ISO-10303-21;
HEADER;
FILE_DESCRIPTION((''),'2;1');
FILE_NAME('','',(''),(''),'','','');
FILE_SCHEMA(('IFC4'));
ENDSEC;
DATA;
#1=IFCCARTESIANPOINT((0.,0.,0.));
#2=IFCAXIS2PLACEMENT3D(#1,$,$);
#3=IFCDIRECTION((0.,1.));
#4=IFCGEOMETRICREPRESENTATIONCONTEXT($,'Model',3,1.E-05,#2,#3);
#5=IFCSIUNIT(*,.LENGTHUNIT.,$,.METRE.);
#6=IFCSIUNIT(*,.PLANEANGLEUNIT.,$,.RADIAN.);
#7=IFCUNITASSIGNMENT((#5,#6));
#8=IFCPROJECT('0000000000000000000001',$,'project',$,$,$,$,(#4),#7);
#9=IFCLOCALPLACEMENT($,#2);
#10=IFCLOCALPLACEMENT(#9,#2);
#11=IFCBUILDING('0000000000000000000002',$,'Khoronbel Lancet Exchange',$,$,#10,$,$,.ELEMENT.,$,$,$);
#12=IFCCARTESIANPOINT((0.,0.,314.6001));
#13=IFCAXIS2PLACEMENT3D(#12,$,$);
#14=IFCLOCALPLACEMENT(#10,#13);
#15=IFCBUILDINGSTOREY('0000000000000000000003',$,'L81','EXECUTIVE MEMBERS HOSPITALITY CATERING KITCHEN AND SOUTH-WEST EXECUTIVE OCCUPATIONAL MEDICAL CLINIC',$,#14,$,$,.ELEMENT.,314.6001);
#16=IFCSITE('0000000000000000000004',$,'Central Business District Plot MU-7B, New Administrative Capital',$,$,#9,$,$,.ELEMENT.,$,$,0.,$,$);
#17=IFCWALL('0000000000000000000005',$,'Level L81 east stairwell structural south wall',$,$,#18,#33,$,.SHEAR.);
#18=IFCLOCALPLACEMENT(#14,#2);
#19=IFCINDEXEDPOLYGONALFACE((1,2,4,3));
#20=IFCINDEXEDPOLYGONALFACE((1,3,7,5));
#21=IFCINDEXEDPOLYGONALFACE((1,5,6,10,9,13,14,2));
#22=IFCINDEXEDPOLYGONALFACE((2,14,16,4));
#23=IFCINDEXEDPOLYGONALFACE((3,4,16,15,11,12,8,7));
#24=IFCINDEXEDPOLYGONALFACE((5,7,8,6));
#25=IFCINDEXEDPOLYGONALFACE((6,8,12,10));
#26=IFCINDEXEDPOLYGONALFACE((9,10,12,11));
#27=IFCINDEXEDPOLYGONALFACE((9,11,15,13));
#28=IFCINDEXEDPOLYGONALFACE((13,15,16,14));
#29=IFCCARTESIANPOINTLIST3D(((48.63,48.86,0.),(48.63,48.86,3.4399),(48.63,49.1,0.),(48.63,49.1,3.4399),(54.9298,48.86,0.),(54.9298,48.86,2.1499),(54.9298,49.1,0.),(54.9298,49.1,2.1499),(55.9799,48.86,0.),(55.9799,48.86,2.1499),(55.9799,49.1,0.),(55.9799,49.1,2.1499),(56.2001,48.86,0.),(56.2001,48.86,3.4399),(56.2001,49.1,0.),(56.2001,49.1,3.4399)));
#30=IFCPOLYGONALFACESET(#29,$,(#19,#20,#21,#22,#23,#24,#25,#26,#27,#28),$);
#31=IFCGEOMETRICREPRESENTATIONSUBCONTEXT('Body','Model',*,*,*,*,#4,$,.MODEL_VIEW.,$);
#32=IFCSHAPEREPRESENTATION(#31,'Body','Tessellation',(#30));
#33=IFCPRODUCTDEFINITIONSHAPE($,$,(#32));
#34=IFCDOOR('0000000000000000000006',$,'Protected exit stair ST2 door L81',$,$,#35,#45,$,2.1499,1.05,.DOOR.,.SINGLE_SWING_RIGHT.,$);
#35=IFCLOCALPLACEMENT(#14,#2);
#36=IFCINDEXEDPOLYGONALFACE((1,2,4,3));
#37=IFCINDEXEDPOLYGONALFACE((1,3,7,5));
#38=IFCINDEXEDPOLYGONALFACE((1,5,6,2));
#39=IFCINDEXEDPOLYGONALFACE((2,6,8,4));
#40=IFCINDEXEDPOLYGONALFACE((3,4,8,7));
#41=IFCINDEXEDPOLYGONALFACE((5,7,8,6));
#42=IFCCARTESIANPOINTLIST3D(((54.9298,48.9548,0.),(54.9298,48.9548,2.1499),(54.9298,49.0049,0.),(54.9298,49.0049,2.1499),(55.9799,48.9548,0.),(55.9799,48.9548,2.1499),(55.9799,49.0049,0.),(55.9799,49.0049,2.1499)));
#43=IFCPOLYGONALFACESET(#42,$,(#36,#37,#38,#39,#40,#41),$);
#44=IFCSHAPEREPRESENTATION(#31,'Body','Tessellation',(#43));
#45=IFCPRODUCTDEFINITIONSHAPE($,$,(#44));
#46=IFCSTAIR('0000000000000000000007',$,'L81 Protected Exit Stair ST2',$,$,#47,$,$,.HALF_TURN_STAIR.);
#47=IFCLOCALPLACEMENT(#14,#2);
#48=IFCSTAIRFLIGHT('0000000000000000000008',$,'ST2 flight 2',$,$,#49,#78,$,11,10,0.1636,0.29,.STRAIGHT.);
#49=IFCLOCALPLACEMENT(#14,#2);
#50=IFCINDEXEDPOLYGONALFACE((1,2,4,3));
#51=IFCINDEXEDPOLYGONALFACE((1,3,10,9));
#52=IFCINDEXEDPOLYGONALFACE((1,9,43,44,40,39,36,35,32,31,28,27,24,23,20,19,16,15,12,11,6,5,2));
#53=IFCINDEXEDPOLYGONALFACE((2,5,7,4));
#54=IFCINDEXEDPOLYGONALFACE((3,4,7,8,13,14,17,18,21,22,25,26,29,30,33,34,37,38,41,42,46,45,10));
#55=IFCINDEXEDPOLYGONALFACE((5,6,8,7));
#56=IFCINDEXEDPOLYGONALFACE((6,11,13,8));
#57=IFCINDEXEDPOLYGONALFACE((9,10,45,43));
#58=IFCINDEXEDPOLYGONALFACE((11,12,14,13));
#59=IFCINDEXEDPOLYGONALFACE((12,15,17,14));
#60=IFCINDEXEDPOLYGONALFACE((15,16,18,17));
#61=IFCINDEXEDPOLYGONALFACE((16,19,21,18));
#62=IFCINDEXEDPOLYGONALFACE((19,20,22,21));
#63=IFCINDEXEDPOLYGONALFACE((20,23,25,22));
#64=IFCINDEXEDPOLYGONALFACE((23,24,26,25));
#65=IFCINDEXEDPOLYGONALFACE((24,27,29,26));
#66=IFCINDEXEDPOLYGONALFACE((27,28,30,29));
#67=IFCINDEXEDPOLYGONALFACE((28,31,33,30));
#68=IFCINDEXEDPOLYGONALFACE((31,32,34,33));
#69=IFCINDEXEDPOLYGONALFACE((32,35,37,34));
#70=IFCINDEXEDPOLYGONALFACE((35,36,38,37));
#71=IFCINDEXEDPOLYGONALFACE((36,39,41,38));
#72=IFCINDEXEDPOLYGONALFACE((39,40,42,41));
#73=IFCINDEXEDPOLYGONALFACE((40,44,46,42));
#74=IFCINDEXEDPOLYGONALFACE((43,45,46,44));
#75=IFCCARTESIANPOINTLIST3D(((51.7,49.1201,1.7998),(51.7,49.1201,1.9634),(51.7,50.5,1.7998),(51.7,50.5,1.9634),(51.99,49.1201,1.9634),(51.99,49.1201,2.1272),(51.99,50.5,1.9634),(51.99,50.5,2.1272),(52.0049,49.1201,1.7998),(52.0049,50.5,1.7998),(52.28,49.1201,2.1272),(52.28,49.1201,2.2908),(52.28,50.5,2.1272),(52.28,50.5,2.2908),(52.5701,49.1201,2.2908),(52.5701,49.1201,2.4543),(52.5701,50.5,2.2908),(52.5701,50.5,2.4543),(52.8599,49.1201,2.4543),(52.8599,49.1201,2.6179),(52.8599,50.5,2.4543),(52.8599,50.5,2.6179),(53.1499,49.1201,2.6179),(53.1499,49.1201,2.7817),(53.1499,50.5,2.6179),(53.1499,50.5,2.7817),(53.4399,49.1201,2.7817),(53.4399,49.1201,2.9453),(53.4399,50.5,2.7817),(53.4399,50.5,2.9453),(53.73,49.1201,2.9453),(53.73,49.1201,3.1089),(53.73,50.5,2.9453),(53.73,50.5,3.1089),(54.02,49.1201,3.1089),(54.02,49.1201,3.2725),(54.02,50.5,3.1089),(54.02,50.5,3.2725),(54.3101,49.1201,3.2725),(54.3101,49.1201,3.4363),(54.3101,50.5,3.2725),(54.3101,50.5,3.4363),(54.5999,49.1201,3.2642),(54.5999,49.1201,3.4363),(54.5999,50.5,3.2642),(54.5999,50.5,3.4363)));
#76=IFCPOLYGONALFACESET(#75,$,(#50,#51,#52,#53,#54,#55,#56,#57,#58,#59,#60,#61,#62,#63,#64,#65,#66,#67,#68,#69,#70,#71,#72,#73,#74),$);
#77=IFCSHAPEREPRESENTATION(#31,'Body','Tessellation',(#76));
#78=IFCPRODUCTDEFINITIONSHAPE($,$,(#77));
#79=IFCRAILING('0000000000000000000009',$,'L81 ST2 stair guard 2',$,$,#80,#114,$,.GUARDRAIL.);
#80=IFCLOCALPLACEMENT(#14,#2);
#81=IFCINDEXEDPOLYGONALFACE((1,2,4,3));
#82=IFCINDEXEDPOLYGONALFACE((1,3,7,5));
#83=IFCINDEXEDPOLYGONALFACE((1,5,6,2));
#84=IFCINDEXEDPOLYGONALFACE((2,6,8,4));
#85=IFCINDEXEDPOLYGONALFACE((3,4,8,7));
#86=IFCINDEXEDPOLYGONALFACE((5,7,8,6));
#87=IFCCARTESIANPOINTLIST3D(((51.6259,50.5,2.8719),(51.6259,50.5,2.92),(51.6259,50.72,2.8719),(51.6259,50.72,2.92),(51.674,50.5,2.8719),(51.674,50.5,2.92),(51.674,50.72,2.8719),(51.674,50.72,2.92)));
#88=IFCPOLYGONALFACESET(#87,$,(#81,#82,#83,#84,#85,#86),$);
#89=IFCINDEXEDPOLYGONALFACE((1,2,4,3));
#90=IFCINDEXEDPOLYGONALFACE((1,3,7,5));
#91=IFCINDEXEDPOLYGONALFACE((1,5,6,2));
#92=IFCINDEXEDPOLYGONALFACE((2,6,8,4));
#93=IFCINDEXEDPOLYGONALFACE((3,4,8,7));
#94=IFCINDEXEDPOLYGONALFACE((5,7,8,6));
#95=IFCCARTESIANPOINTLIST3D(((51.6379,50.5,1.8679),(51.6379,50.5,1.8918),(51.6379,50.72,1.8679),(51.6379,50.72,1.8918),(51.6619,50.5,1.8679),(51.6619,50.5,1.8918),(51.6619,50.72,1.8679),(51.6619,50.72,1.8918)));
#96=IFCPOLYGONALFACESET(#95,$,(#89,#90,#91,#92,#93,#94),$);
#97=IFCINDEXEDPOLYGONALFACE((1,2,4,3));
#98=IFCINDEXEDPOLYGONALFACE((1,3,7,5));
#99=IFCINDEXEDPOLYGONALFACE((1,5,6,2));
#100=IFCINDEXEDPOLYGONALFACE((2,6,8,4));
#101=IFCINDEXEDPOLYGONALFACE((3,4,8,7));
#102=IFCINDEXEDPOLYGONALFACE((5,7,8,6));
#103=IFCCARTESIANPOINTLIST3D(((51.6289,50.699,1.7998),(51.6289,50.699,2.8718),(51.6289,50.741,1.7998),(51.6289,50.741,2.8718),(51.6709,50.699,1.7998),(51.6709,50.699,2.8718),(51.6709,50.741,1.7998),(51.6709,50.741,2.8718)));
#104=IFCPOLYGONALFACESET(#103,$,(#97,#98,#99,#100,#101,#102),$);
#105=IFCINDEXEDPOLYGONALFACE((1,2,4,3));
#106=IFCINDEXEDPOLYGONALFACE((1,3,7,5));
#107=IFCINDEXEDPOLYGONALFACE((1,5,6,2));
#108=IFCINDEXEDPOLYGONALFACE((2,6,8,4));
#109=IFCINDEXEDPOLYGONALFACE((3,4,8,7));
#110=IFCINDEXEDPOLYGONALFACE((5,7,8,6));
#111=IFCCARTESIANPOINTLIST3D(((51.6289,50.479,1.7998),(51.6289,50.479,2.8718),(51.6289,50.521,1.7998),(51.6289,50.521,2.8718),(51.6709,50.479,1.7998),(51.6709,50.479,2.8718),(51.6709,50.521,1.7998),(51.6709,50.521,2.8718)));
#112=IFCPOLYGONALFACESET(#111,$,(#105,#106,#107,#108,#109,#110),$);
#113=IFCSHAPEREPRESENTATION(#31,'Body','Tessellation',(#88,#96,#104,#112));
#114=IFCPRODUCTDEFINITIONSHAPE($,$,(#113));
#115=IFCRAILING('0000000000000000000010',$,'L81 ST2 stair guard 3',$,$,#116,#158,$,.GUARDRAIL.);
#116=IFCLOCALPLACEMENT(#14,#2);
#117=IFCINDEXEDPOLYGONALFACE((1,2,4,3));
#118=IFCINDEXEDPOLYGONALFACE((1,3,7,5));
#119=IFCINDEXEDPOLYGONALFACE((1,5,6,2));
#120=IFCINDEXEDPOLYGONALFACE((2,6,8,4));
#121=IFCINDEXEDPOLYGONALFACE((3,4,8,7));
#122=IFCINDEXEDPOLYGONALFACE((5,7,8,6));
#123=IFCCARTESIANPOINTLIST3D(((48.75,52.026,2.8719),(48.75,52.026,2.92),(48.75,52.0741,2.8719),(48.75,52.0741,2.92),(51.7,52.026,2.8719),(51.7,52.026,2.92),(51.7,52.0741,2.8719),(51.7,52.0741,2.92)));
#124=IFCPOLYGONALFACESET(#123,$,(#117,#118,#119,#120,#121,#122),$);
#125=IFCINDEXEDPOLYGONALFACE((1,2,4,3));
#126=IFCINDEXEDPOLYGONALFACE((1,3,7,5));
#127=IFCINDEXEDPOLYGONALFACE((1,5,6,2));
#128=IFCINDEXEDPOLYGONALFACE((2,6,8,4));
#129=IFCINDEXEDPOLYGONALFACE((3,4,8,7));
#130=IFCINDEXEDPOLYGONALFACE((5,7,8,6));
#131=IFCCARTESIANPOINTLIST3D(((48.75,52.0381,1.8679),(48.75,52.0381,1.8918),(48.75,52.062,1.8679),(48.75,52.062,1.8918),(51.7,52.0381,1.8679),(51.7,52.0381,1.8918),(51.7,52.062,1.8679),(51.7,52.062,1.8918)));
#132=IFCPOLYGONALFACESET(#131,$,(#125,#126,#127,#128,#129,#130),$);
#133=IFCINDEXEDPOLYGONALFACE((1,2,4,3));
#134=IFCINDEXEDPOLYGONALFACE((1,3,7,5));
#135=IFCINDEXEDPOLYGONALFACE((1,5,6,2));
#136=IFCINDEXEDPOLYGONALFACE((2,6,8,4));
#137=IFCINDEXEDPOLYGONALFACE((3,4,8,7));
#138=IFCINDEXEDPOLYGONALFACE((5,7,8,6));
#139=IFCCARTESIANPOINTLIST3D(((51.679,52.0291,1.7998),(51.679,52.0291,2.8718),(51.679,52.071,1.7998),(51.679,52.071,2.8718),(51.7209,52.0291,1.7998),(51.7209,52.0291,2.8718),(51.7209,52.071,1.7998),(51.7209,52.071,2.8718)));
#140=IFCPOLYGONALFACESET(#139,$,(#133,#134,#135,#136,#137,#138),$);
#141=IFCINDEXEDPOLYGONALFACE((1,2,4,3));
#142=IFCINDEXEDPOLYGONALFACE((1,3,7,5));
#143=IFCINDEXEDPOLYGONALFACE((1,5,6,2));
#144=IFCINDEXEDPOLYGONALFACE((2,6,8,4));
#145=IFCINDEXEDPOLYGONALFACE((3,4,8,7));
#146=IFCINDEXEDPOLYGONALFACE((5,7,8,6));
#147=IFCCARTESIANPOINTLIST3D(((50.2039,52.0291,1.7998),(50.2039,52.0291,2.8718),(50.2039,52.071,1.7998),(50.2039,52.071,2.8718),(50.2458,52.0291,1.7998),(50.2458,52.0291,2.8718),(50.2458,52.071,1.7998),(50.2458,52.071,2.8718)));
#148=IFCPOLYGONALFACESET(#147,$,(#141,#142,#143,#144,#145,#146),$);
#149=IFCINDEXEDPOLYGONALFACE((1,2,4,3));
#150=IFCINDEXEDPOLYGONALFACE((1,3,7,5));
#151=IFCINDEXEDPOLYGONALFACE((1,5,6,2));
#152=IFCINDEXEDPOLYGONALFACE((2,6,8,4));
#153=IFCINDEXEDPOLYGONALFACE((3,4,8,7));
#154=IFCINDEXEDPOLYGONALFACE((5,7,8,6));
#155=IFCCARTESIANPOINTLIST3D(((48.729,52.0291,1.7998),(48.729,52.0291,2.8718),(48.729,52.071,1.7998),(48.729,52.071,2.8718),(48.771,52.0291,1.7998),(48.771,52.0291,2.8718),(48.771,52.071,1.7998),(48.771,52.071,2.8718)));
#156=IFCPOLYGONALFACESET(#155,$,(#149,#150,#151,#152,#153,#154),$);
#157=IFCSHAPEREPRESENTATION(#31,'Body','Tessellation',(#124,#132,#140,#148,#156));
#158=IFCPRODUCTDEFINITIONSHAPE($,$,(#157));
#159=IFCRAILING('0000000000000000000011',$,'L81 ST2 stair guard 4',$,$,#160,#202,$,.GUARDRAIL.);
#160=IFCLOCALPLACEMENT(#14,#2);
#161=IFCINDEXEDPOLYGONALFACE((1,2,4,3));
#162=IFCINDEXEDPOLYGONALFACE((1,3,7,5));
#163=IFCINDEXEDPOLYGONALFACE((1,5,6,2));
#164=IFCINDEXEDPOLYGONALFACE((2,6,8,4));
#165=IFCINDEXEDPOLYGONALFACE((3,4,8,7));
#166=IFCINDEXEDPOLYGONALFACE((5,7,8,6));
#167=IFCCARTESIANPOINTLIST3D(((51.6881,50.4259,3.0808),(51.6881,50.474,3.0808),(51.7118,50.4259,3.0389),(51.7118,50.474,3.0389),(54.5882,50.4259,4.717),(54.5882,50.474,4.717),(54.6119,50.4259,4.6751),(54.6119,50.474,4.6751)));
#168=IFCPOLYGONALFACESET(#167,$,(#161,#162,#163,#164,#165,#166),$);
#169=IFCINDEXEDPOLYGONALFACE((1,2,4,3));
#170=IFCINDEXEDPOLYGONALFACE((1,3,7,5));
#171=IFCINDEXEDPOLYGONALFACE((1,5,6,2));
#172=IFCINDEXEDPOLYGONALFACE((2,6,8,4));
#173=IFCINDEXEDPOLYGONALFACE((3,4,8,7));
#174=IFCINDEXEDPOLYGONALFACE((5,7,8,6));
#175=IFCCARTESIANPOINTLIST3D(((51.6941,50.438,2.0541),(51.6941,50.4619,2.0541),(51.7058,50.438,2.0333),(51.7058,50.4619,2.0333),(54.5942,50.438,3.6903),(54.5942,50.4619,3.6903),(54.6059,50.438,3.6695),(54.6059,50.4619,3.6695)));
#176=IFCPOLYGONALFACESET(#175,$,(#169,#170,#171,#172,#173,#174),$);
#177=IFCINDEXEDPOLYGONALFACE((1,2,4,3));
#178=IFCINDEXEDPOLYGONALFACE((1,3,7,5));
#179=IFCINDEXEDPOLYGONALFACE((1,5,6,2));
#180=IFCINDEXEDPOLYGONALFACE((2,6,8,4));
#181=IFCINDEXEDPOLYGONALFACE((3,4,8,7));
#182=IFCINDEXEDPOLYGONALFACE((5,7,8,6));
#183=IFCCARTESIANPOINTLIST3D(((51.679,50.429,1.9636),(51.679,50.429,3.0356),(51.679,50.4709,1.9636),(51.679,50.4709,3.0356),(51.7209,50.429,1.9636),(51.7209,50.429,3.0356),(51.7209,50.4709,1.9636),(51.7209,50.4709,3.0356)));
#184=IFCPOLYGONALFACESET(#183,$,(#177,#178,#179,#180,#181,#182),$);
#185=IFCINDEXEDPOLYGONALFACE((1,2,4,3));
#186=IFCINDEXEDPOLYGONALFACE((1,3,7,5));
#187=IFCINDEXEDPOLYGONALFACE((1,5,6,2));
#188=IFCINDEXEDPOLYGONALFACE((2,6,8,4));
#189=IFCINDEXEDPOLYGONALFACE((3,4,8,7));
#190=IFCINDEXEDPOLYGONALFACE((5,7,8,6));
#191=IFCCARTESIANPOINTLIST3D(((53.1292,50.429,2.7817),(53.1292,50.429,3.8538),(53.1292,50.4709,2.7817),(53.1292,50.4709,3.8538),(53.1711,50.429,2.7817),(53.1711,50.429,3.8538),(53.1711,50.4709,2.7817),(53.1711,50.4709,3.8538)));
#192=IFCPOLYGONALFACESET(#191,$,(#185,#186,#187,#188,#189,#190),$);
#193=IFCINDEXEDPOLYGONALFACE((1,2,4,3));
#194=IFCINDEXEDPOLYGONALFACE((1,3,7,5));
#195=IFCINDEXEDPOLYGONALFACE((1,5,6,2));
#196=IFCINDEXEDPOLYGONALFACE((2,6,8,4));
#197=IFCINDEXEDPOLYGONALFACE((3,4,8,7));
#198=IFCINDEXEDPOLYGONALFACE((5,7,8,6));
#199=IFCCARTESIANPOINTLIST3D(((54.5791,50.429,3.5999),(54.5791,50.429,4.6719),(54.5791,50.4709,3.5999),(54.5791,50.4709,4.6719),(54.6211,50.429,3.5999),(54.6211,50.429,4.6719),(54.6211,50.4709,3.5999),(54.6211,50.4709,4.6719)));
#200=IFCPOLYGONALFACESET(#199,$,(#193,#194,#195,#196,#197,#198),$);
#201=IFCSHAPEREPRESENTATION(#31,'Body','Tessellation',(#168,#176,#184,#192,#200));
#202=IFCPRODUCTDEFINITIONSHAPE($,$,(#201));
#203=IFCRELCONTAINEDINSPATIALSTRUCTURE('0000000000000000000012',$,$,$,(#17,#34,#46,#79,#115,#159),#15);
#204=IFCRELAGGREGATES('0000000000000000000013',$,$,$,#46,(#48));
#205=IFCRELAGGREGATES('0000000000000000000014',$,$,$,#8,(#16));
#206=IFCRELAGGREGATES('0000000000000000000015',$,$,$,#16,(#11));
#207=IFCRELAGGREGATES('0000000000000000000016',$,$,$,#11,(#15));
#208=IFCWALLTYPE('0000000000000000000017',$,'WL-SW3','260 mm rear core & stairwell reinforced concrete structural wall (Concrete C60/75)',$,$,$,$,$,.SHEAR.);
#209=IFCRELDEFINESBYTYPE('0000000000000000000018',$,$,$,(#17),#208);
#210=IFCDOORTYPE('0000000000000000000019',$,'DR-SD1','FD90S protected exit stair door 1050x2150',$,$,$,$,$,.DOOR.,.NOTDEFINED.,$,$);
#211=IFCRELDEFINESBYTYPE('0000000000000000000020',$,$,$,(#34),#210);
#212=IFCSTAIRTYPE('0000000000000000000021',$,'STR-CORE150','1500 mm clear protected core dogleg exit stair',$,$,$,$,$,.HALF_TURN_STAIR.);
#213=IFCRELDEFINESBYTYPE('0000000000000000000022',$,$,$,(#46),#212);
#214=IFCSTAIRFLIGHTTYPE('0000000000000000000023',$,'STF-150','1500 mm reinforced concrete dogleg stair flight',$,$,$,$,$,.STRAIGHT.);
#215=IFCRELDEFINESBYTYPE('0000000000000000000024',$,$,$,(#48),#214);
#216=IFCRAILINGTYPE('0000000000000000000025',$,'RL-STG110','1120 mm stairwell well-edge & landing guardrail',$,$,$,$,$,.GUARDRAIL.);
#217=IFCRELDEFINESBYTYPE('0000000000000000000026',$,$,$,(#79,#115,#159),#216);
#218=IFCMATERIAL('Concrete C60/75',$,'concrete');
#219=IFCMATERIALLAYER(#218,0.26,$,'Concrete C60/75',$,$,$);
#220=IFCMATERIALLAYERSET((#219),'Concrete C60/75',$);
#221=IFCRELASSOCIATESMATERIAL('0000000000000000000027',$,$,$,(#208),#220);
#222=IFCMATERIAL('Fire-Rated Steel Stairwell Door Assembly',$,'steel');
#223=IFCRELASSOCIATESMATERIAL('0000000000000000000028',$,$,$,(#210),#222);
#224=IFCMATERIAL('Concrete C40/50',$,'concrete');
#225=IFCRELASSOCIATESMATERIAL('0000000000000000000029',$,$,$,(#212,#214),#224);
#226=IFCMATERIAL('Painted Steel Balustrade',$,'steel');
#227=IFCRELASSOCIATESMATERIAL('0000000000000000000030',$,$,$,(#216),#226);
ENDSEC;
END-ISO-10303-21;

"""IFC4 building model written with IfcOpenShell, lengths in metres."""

from ifc_helpers import new_model, si_unit, direction, frame, frame_2d, origin, origin_2d, place, context, subcontext, project, spatial, polyline, rectangle, outline, extrude, material, layer, layer_set, type_object, element, fill, aggregate, save


model = new_model("IFC4")

# Units and contexts
model_context = context("Model", 3, precision=1e-05, world=origin(), true_north=direction((0.0, 1.0)))
body_context = subcontext(model_context, "Body", "Model", "MODEL_VIEW")
ifc_project = project(units=[si_unit("LENGTHUNIT", "METRE"), si_unit("PLANEANGLEUNIT", "RADIAN")], contexts=[model_context])

# Site, building, storey
site_placement = place(None, origin())
site = spatial("IfcSite", under=ifc_project, at=site_placement, Name="Central Business District Plot MU-7B, New Administrative Capital", CompositionType="ELEMENT", RefElevation=0.0)
building_placement = place(site_placement, origin())
building = spatial("IfcBuilding", under=site, at=building_placement, Name="Khoronbel Lancet Exchange", CompositionType="ELEMENT")
storey_placement = place(building_placement, frame((0.0, 0.0, 314.6001)))
storey = spatial("IfcBuildingStorey", under=building, at=storey_placement, Name="L81", Description="EXECUTIVE MEMBERS HOSPITALITY CATERING KITCHEN AND SOUTH-WEST EXECUTIVE OCCUPATIONAL MEDICAL CLINIC", CompositionType="ELEMENT", Elevation=314.6001)

# Shared definitions
ifc_material_1 = material(Name="Concrete C60/75", Category="concrete")

# Wall, opening, door
ifc_layer_1 = layer(ifc_material_1, 0.26, Name="Concrete C60/75")
ifc_layer_set_1 = layer_set([ifc_layer_1], Name="Concrete C60/75")
wall_type_1 = type_object("IfcWallType", Name="WL-SW3", Description="260 mm rear core & stairwell reinforced concrete structural wall (Concrete C60/75)", PredefinedType="SHEAR", material=ifc_layer_set_1)
wall_1_placement = place(storey_placement, frame((48.6299, 48.98, 0.0), z_axis=(0.0, 0.0, 1.0), x_axis=(1.0, 0.0, 0.0)))
wall_1 = element("IfcWall", 1, at=wall_1_placement, inside=storey, type_object=wall_type_1, Name="Level L81 east stairwell structural south wall", PredefinedType="SHEAR", context=body_context, shape_type="SweptSolid", body=[
    extrude(rectangle(XDim=7.5701, YDim=0.24, at=frame_2d((3.7852, 0.0))), origin(), (0.0, 0.0, 1.0), 3.4399),
])
opening_1_placement = place(wall_1_placement, frame((6.3, 0.0, 0.0)))
opening_1 = element("IfcOpeningElement", 2, at=opening_1_placement, cuts=wall_1, PredefinedType="OPENING", context=body_context, shape_type="SweptSolid", body=[
    extrude(rectangle(XDim=1.05, YDim=2.1499, at=frame_2d((0.5249, 1.075))), frame((0.0, 0.1299, 0.0), z_axis=(0.0, -1.0, 0.0), x_axis=(1.0, 0.0, 0.0)), (0.0, 0.0, 1.0), 0.26),
])
ifc_material_2 = material(Name="Fire-Rated Steel Stairwell Door Assembly", Category="steel")
door_type_1 = type_object("IfcDoorType", Name="DR-SD1", Description="FD90S protected exit stair door 1050x2150", OperationType="NOTDEFINED", PredefinedType="DOOR", material=ifc_material_2)
door_1_placement = place(opening_1_placement, origin())
door_1 = element("IfcDoor", 3, at=door_1_placement, inside=storey, type_object=door_type_1, Name="Protected exit stair ST2 door L81", OperationType="SINGLE_SWING_RIGHT", OverallHeight=2.1499, OverallWidth=1.05, PredefinedType="DOOR", context=body_context, shape_type="SweptSolid", body=[
    extrude(rectangle(XDim=1.05, YDim=2.1499, at=frame_2d((0.5249, 1.075))), frame((0.0, 0.0249, 0.0), z_axis=(0.0, -1.0, 0.0), x_axis=(1.0, 0.0, 0.0)), (0.0, 0.0, 1.0), 0.05),
])
fill(opening_1, door_1)

# Stair, stair flight
ifc_material_3 = material(Name="Concrete C40/50", Category="concrete")
stair_type = type_object("IfcStairType", Name="STR-CORE150", Description="1500 mm clear protected core dogleg exit stair", PredefinedType="HALF_TURN_STAIR", material=ifc_material_3)
stair_placement = place(storey_placement, origin())
stair = element("IfcStair", 4, at=stair_placement, inside=storey, type_object=stair_type, Name="L81 Protected Exit Stair ST2", PredefinedType="HALF_TURN_STAIR")
stair_flight_type = type_object("IfcStairFlightType", Name="STF-150", Description="1500 mm reinforced concrete dogleg stair flight", PredefinedType="STRAIGHT", material=ifc_material_3)
stair_flight_placement = place(storey_placement, frame((51.7, 49.8101, 1.7998), z_axis=(0.0, 0.0, 1.0), x_axis=(1.0, 0.0, 0.0)))
stair_flight = element("IfcStairFlight", 5, at=stair_flight_placement, type_object=stair_flight_type, Name="ST2 flight 2", NumberOfRisers=11, NumberOfTreads=10, PredefinedType="STRAIGHT", RiserHeight=0.1636, TreadLength=0.29, context=body_context, shape_type="SweptSolid", body=[
    extrude(outline(polyline([(0.0, 0.0), (0.0, 0.1636), (0.29, 0.1636), (0.29, 0.3274), (0.5801, 0.3274), (0.5801, 0.491), (0.8701, 0.491), (0.8701, 0.6545), (1.1599, 0.6545), (1.1599, 0.8181), (1.45, 0.8181), (1.45, 0.9819), (1.74, 0.9819), (1.74, 1.1455), (2.03, 1.1455), (2.03, 1.3091), (2.3201, 1.3091), (2.3201, 1.4727), (2.6101, 1.4727), (2.6101, 1.6365), (2.8999, 1.6365), (2.8999, 1.8), (2.8999, 1.4644), (0.3049, 0.0), (0.0, 0.0)])), frame((0.0, 0.6899, 0.0), z_axis=(0.0, -1.0, 0.0), x_axis=(1.0, 0.0, 0.0)), (0.0, 0.0, 1.0), 1.3799),
])
aggregate(stair, [stair_flight])

# Railings
ifc_material_4 = material(Name="Painted Steel Balustrade", Category="steel")
railing_type_1 = type_object("IfcRailingType", Name="RL-STG110", Description="1120 mm stairwell well-edge & landing guardrail", PredefinedType="GUARDRAIL", material=ifc_material_4)
railing_1_placement = place(storey_placement, frame((51.6499, 50.72, 1.7998)))
element("IfcRailing", 6, at=railing_1_placement, inside=storey, type_object=railing_type_1, Name="L81 ST2 stair guard 2", PredefinedType="GUARDRAIL", context=body_context, shape_type="SweptSolid", body=[
    extrude(rectangle(XDim=0.0481, YDim=0.0481, at=origin_2d()), frame((0.0, 0.0, 1.0962), z_axis=(0.0, -1.0, 0.0), x_axis=(1.0, 0.0, 0.0)), (0.0, 0.0, 1.0), 0.22),
    extrude(rectangle(XDim=0.0239, YDim=0.0239, at=origin_2d()), frame((0.0, 0.0, 0.0801), z_axis=(0.0, -1.0, 0.0), x_axis=(1.0, 0.0, 0.0)), (0.0, 0.0, 1.0), 0.22),
    extrude(rectangle(XDim=0.042, YDim=0.042, at=origin_2d()), origin(), (0.0, 0.0, 1.0), 1.072),
    extrude(rectangle(XDim=0.042, YDim=0.042, at=origin_2d()), frame((0.0, -0.22, 0.0)), (0.0, 0.0, 1.0), 1.072),
])
railing_2_placement = place(storey_placement, frame((51.7, 52.05, 1.7998)))
element("IfcRailing", 7, at=railing_2_placement, inside=storey, type_object=railing_type_1, Name="L81 ST2 stair guard 3", PredefinedType="GUARDRAIL", context=body_context, shape_type="SweptSolid", body=[
    extrude(rectangle(XDim=0.0481, YDim=0.0481, at=origin_2d()), frame((0.0, 0.0, 1.0962), z_axis=(-1.0, 0.0, 0.0), x_axis=(0.0, -1.0, 0.0)), (0.0, 0.0, 1.0), 2.95),
    extrude(rectangle(XDim=0.0239, YDim=0.0239, at=origin_2d()), frame((0.0, 0.0, 0.0801), z_axis=(-1.0, 0.0, 0.0), x_axis=(0.0, -1.0, 0.0)), (0.0, 0.0, 1.0), 2.95),
    extrude(rectangle(XDim=0.042, YDim=0.042, at=origin_2d()), origin(), (0.0, 0.0, 1.0), 1.072),
    extrude(rectangle(XDim=0.042, YDim=0.042, at=origin_2d()), frame((-1.4751, 0.0, 0.0)), (0.0, 0.0, 1.0), 1.072),
    extrude(rectangle(XDim=0.042, YDim=0.042, at=origin_2d()), frame((-2.95, 0.0, 0.0)), (0.0, 0.0, 1.0), 1.072),
])
railing_3_placement = place(storey_placement, frame((51.7, 50.45, 1.9636)))
element("IfcRailing", 8, at=railing_3_placement, inside=storey, type_object=railing_type_1, Name="L81 ST2 stair guard 4", PredefinedType="GUARDRAIL", context=body_context, shape_type="SweptSolid", body=[
    extrude(rectangle(XDim=0.0481, YDim=0.0481, at=origin_2d()), frame((0.0, 0.0, 1.0962), z_axis=(0.870946, 0.0, 0.491378), x_axis=(0.0, 1.0, 0.0)), (0.0, 0.0, 1.0), 3.3298),
    extrude(rectangle(XDim=0.0239, YDim=0.0239, at=origin_2d()), frame((0.0, 0.0, 0.0801), z_axis=(0.870946, 0.0, 0.491378), x_axis=(0.0, 1.0, 0.0)), (0.0, 0.0, 1.0), 3.3298),
    extrude(rectangle(XDim=0.042, YDim=0.042, at=origin_2d()), origin(), (0.0, 0.0, 1.0), 1.072),
    extrude(rectangle(XDim=0.042, YDim=0.042, at=origin_2d()), frame((1.4502, 0.0, 0.8181)), (0.0, 0.0, 1.0), 1.072),
    extrude(rectangle(XDim=0.042, YDim=0.042, at=origin_2d()), frame((2.9001, 0.0, 1.6362)), (0.0, 0.0, 1.0), 1.072),
])

save(model, "model.ifc")
